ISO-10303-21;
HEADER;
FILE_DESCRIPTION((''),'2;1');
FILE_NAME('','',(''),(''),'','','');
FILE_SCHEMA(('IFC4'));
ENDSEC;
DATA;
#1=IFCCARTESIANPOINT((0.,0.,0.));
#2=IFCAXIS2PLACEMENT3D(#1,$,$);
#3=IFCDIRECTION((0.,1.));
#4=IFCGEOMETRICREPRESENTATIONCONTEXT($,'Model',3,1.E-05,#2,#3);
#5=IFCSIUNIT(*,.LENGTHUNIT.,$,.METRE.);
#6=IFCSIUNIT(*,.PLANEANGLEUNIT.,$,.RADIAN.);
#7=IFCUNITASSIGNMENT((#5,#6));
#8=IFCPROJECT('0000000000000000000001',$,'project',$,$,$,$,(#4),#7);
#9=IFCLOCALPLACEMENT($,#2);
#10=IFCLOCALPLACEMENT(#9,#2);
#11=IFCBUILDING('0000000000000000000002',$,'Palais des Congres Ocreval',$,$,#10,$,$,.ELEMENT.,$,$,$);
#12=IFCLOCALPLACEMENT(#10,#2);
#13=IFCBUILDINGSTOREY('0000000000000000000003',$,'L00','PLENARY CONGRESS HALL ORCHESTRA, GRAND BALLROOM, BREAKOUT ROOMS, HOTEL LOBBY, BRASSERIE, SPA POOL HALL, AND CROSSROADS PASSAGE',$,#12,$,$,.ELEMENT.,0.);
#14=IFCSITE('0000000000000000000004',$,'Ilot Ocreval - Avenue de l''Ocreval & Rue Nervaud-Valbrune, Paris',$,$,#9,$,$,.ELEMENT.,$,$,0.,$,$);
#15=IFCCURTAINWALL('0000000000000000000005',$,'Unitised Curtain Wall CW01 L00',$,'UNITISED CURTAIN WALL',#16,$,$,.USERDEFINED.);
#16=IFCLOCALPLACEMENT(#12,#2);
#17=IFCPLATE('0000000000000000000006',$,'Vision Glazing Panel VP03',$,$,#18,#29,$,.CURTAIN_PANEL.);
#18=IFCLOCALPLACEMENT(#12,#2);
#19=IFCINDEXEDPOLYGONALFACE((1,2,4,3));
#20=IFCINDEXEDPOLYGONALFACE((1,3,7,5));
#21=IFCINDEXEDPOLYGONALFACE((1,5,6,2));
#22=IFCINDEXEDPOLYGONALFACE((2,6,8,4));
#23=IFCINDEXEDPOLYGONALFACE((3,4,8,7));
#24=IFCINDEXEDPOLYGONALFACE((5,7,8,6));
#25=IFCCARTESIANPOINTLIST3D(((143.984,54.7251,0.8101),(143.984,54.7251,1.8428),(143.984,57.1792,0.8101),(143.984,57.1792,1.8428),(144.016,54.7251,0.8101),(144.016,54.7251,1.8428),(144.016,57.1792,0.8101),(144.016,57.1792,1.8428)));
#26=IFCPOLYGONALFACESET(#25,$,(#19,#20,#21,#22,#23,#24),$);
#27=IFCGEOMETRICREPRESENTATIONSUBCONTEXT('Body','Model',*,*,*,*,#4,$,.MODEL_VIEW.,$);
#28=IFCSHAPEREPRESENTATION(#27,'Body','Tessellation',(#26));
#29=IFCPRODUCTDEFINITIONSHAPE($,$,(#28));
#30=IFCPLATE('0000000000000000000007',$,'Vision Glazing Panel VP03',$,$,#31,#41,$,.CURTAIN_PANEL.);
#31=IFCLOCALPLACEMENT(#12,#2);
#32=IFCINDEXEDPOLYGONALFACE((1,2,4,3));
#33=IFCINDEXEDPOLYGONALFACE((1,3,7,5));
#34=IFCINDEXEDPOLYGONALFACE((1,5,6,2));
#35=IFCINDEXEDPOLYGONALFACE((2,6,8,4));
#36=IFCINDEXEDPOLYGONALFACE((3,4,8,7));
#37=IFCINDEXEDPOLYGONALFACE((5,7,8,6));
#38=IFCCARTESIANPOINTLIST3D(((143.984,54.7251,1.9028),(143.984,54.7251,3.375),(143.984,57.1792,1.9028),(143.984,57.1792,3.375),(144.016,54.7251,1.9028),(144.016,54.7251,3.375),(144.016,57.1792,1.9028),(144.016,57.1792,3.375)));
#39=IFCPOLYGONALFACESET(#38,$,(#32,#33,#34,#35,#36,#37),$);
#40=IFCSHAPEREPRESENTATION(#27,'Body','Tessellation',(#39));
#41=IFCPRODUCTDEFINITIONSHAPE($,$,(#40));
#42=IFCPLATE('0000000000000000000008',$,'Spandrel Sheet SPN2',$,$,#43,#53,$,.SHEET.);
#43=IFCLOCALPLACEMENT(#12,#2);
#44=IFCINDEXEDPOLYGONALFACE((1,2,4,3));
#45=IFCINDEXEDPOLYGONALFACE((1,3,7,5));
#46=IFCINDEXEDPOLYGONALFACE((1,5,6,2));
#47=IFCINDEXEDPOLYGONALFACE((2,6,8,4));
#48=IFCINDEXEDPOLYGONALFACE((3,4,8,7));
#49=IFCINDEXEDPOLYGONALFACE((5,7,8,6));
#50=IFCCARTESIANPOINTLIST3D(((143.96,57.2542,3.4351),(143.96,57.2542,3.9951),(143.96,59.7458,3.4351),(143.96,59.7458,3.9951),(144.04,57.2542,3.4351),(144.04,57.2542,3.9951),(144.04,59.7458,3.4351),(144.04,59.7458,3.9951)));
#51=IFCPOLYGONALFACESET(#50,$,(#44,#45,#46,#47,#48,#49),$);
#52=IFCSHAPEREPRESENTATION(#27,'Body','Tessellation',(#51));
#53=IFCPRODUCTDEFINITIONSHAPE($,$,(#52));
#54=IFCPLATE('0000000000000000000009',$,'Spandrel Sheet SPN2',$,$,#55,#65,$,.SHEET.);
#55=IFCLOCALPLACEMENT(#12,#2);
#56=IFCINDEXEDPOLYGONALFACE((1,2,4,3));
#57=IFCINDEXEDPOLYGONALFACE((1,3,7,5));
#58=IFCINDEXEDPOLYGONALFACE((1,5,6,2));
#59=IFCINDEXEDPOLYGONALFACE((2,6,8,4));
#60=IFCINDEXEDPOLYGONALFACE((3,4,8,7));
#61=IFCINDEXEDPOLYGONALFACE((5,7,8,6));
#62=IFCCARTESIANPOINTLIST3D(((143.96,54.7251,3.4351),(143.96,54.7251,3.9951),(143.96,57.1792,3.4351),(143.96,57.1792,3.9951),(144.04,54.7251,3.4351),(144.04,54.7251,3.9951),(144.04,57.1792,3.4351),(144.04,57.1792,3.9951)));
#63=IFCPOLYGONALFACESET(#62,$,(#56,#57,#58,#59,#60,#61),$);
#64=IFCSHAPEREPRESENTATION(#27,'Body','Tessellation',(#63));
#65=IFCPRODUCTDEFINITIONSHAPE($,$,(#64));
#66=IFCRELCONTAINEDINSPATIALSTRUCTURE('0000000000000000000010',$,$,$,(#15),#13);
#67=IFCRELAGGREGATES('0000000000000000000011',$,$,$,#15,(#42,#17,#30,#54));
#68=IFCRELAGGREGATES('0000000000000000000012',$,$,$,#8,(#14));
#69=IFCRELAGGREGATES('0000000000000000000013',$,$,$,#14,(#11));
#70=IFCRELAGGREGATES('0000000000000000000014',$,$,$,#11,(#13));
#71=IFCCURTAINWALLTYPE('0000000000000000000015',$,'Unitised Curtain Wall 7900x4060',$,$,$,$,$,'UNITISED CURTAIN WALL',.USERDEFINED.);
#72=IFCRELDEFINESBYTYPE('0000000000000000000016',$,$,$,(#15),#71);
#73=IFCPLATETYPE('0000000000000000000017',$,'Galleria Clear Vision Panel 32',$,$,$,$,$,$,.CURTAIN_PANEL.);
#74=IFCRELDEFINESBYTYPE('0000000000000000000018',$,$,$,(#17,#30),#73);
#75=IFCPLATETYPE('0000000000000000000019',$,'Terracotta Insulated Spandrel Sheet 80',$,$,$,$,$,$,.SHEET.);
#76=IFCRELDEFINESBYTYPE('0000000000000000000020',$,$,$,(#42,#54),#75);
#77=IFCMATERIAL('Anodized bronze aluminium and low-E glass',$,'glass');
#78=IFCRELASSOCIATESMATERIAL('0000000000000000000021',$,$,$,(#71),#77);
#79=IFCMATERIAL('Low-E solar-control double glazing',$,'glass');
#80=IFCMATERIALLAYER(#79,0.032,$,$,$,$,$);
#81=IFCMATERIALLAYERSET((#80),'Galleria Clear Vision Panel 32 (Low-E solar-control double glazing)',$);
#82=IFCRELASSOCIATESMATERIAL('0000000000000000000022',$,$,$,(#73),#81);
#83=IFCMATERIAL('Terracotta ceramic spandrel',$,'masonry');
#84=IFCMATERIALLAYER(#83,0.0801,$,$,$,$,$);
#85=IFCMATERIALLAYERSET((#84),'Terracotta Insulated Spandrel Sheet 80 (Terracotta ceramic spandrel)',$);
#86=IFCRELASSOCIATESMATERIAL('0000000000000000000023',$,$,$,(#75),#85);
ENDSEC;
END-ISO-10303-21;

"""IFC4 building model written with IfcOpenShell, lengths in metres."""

from ifc_helpers import new_model, si_unit, direction, frame, origin, origin_2d, place, context, subcontext, project, spatial, rectangle, extrude, material, layer, layer_set, type_object, element, aggregate, save


model = new_model("IFC4")

# Units and contexts
model_context = context("Model", 3, precision=1e-05, world=origin(), true_north=direction((0.0, 1.0)))
body_context = subcontext(model_context, "Body", "Model", "MODEL_VIEW")
ifc_project = project(units=[si_unit("LENGTHUNIT", "METRE"), si_unit("PLANEANGLEUNIT", "RADIAN")], contexts=[model_context])

# Site, building, storey
site_placement = place(None, origin())
site = spatial("IfcSite", under=ifc_project, at=site_placement, Name="Ilot Ocreval - Avenue de l'Ocreval & Rue Nervaud-Valbrune, Paris", CompositionType="ELEMENT", RefElevation=0.0)
building_placement = place(site_placement, origin())
building = spatial("IfcBuilding", under=site, at=building_placement, Name="Palais des Congres Ocreval", CompositionType="ELEMENT")
storey_placement = place(building_placement, origin())
storey = spatial("IfcBuildingStorey", under=building, at=storey_placement, Name="L00", Description="PLENARY CONGRESS HALL ORCHESTRA, GRAND BALLROOM, BREAKOUT ROOMS, HOTEL LOBBY, BRASSERIE, SPA POOL HALL, AND CROSSROADS PASSAGE", CompositionType="ELEMENT", Elevation=0.0)

# Curtain wall, plates
ifc_material_1 = material(Name="Anodized bronze aluminium and low-E glass", Category="glass")
curtain_wall_type = type_object("IfcCurtainWallType", Name="Unitised Curtain Wall 7900x4060", ElementType="UNITISED CURTAIN WALL", PredefinedType="USERDEFINED", material=ifc_material_1)
curtain_wall_placement = place(storey_placement, origin())
curtain_wall = element("IfcCurtainWall", 1, at=curtain_wall_placement, inside=storey, type_object=curtain_wall_type, Name="Unitised Curtain Wall CW01 L00", ObjectType="UNITISED CURTAIN WALL", PredefinedType="USERDEFINED")
ifc_material_2 = material(Name="Low-E solar-control double glazing", Category="glass")
ifc_layer_1 = layer(ifc_material_2, 0.032)
ifc_layer_set_1 = layer_set([ifc_layer_1], Name="Galleria Clear Vision Panel 32 (Low-E solar-control double glazing)")
plate_type_1 = type_object("IfcPlateType", Name="Galleria Clear Vision Panel 32", PredefinedType="CURTAIN_PANEL", material=ifc_layer_set_1)
plate_1_placement = place(storey_placement, frame((144.0, 55.9521, 0.8101), z_axis=(0.0, 0.0, 1.0), x_axis=(0.0, -1.0, 0.0)))
plate_1 = element("IfcPlate", 2, at=plate_1_placement, type_object=plate_type_1, Name="Vision Glazing Panel VP03", PredefinedType="CURTAIN_PANEL", context=body_context, shape_type="SweptSolid", body=[
    extrude(rectangle(XDim=2.4541, YDim=0.032, at=origin_2d()), origin(), (0.0, 0.0, 1.0), 1.0327),
])
plate_2_placement = place(storey_placement, frame((144.0, 55.9521, 1.9028), z_axis=(0.0, 0.0, 1.0), x_axis=(0.0, -1.0, 0.0)))
plate_2 = element("IfcPlate", 3, at=plate_2_placement, type_object=plate_type_1, Name="Vision Glazing Panel VP03", PredefinedType="CURTAIN_PANEL", context=body_context, shape_type="SweptSolid", body=[
    extrude(rectangle(XDim=2.4541, YDim=0.032, at=origin_2d()), origin(), (0.0, 0.0, 1.0), 1.4722),
])
ifc_material_3 = material(Name="Terracotta ceramic spandrel", Category="masonry")
ifc_layer_2 = layer(ifc_material_3, 0.0801)
ifc_layer_set_2 = layer_set([ifc_layer_2], Name="Terracotta Insulated Spandrel Sheet 80 (Terracotta ceramic spandrel)")
plate_type_2 = type_object("IfcPlateType", Name="Terracotta Insulated Spandrel Sheet 80", PredefinedType="SHEET", material=ifc_layer_set_2)
plate_3_placement = place(storey_placement, frame((144.0, 58.5, 3.4351), z_axis=(0.0, 0.0, 1.0), x_axis=(0.0, -1.0, 0.0)))
plate_3 = element("IfcPlate", 4, at=plate_3_placement, type_object=plate_type_2, Name="Spandrel Sheet SPN2", PredefinedType="SHEET", context=body_context, shape_type="SweptSolid", body=[
    extrude(rectangle(XDim=2.4917, YDim=0.0801, at=origin_2d()), origin(), (0.0, 0.0, 1.0), 0.5601),
])
plate_4_placement = place(storey_placement, frame((144.0, 55.9521, 3.4351), z_axis=(0.0, 0.0, 1.0), x_axis=(0.0, -1.0, 0.0)))
plate_4 = element("IfcPlate", 5, at=plate_4_placement, type_object=plate_type_2, Name="Spandrel Sheet SPN2", PredefinedType="SHEET", context=body_context, shape_type="SweptSolid", body=[
    extrude(rectangle(XDim=2.4541, YDim=0.0801, at=origin_2d()), origin(), (0.0, 0.0, 1.0), 0.5601),
])
aggregate(curtain_wall, [plate_3, plate_1, plate_2, plate_4])

save(model, "model.ifc")
